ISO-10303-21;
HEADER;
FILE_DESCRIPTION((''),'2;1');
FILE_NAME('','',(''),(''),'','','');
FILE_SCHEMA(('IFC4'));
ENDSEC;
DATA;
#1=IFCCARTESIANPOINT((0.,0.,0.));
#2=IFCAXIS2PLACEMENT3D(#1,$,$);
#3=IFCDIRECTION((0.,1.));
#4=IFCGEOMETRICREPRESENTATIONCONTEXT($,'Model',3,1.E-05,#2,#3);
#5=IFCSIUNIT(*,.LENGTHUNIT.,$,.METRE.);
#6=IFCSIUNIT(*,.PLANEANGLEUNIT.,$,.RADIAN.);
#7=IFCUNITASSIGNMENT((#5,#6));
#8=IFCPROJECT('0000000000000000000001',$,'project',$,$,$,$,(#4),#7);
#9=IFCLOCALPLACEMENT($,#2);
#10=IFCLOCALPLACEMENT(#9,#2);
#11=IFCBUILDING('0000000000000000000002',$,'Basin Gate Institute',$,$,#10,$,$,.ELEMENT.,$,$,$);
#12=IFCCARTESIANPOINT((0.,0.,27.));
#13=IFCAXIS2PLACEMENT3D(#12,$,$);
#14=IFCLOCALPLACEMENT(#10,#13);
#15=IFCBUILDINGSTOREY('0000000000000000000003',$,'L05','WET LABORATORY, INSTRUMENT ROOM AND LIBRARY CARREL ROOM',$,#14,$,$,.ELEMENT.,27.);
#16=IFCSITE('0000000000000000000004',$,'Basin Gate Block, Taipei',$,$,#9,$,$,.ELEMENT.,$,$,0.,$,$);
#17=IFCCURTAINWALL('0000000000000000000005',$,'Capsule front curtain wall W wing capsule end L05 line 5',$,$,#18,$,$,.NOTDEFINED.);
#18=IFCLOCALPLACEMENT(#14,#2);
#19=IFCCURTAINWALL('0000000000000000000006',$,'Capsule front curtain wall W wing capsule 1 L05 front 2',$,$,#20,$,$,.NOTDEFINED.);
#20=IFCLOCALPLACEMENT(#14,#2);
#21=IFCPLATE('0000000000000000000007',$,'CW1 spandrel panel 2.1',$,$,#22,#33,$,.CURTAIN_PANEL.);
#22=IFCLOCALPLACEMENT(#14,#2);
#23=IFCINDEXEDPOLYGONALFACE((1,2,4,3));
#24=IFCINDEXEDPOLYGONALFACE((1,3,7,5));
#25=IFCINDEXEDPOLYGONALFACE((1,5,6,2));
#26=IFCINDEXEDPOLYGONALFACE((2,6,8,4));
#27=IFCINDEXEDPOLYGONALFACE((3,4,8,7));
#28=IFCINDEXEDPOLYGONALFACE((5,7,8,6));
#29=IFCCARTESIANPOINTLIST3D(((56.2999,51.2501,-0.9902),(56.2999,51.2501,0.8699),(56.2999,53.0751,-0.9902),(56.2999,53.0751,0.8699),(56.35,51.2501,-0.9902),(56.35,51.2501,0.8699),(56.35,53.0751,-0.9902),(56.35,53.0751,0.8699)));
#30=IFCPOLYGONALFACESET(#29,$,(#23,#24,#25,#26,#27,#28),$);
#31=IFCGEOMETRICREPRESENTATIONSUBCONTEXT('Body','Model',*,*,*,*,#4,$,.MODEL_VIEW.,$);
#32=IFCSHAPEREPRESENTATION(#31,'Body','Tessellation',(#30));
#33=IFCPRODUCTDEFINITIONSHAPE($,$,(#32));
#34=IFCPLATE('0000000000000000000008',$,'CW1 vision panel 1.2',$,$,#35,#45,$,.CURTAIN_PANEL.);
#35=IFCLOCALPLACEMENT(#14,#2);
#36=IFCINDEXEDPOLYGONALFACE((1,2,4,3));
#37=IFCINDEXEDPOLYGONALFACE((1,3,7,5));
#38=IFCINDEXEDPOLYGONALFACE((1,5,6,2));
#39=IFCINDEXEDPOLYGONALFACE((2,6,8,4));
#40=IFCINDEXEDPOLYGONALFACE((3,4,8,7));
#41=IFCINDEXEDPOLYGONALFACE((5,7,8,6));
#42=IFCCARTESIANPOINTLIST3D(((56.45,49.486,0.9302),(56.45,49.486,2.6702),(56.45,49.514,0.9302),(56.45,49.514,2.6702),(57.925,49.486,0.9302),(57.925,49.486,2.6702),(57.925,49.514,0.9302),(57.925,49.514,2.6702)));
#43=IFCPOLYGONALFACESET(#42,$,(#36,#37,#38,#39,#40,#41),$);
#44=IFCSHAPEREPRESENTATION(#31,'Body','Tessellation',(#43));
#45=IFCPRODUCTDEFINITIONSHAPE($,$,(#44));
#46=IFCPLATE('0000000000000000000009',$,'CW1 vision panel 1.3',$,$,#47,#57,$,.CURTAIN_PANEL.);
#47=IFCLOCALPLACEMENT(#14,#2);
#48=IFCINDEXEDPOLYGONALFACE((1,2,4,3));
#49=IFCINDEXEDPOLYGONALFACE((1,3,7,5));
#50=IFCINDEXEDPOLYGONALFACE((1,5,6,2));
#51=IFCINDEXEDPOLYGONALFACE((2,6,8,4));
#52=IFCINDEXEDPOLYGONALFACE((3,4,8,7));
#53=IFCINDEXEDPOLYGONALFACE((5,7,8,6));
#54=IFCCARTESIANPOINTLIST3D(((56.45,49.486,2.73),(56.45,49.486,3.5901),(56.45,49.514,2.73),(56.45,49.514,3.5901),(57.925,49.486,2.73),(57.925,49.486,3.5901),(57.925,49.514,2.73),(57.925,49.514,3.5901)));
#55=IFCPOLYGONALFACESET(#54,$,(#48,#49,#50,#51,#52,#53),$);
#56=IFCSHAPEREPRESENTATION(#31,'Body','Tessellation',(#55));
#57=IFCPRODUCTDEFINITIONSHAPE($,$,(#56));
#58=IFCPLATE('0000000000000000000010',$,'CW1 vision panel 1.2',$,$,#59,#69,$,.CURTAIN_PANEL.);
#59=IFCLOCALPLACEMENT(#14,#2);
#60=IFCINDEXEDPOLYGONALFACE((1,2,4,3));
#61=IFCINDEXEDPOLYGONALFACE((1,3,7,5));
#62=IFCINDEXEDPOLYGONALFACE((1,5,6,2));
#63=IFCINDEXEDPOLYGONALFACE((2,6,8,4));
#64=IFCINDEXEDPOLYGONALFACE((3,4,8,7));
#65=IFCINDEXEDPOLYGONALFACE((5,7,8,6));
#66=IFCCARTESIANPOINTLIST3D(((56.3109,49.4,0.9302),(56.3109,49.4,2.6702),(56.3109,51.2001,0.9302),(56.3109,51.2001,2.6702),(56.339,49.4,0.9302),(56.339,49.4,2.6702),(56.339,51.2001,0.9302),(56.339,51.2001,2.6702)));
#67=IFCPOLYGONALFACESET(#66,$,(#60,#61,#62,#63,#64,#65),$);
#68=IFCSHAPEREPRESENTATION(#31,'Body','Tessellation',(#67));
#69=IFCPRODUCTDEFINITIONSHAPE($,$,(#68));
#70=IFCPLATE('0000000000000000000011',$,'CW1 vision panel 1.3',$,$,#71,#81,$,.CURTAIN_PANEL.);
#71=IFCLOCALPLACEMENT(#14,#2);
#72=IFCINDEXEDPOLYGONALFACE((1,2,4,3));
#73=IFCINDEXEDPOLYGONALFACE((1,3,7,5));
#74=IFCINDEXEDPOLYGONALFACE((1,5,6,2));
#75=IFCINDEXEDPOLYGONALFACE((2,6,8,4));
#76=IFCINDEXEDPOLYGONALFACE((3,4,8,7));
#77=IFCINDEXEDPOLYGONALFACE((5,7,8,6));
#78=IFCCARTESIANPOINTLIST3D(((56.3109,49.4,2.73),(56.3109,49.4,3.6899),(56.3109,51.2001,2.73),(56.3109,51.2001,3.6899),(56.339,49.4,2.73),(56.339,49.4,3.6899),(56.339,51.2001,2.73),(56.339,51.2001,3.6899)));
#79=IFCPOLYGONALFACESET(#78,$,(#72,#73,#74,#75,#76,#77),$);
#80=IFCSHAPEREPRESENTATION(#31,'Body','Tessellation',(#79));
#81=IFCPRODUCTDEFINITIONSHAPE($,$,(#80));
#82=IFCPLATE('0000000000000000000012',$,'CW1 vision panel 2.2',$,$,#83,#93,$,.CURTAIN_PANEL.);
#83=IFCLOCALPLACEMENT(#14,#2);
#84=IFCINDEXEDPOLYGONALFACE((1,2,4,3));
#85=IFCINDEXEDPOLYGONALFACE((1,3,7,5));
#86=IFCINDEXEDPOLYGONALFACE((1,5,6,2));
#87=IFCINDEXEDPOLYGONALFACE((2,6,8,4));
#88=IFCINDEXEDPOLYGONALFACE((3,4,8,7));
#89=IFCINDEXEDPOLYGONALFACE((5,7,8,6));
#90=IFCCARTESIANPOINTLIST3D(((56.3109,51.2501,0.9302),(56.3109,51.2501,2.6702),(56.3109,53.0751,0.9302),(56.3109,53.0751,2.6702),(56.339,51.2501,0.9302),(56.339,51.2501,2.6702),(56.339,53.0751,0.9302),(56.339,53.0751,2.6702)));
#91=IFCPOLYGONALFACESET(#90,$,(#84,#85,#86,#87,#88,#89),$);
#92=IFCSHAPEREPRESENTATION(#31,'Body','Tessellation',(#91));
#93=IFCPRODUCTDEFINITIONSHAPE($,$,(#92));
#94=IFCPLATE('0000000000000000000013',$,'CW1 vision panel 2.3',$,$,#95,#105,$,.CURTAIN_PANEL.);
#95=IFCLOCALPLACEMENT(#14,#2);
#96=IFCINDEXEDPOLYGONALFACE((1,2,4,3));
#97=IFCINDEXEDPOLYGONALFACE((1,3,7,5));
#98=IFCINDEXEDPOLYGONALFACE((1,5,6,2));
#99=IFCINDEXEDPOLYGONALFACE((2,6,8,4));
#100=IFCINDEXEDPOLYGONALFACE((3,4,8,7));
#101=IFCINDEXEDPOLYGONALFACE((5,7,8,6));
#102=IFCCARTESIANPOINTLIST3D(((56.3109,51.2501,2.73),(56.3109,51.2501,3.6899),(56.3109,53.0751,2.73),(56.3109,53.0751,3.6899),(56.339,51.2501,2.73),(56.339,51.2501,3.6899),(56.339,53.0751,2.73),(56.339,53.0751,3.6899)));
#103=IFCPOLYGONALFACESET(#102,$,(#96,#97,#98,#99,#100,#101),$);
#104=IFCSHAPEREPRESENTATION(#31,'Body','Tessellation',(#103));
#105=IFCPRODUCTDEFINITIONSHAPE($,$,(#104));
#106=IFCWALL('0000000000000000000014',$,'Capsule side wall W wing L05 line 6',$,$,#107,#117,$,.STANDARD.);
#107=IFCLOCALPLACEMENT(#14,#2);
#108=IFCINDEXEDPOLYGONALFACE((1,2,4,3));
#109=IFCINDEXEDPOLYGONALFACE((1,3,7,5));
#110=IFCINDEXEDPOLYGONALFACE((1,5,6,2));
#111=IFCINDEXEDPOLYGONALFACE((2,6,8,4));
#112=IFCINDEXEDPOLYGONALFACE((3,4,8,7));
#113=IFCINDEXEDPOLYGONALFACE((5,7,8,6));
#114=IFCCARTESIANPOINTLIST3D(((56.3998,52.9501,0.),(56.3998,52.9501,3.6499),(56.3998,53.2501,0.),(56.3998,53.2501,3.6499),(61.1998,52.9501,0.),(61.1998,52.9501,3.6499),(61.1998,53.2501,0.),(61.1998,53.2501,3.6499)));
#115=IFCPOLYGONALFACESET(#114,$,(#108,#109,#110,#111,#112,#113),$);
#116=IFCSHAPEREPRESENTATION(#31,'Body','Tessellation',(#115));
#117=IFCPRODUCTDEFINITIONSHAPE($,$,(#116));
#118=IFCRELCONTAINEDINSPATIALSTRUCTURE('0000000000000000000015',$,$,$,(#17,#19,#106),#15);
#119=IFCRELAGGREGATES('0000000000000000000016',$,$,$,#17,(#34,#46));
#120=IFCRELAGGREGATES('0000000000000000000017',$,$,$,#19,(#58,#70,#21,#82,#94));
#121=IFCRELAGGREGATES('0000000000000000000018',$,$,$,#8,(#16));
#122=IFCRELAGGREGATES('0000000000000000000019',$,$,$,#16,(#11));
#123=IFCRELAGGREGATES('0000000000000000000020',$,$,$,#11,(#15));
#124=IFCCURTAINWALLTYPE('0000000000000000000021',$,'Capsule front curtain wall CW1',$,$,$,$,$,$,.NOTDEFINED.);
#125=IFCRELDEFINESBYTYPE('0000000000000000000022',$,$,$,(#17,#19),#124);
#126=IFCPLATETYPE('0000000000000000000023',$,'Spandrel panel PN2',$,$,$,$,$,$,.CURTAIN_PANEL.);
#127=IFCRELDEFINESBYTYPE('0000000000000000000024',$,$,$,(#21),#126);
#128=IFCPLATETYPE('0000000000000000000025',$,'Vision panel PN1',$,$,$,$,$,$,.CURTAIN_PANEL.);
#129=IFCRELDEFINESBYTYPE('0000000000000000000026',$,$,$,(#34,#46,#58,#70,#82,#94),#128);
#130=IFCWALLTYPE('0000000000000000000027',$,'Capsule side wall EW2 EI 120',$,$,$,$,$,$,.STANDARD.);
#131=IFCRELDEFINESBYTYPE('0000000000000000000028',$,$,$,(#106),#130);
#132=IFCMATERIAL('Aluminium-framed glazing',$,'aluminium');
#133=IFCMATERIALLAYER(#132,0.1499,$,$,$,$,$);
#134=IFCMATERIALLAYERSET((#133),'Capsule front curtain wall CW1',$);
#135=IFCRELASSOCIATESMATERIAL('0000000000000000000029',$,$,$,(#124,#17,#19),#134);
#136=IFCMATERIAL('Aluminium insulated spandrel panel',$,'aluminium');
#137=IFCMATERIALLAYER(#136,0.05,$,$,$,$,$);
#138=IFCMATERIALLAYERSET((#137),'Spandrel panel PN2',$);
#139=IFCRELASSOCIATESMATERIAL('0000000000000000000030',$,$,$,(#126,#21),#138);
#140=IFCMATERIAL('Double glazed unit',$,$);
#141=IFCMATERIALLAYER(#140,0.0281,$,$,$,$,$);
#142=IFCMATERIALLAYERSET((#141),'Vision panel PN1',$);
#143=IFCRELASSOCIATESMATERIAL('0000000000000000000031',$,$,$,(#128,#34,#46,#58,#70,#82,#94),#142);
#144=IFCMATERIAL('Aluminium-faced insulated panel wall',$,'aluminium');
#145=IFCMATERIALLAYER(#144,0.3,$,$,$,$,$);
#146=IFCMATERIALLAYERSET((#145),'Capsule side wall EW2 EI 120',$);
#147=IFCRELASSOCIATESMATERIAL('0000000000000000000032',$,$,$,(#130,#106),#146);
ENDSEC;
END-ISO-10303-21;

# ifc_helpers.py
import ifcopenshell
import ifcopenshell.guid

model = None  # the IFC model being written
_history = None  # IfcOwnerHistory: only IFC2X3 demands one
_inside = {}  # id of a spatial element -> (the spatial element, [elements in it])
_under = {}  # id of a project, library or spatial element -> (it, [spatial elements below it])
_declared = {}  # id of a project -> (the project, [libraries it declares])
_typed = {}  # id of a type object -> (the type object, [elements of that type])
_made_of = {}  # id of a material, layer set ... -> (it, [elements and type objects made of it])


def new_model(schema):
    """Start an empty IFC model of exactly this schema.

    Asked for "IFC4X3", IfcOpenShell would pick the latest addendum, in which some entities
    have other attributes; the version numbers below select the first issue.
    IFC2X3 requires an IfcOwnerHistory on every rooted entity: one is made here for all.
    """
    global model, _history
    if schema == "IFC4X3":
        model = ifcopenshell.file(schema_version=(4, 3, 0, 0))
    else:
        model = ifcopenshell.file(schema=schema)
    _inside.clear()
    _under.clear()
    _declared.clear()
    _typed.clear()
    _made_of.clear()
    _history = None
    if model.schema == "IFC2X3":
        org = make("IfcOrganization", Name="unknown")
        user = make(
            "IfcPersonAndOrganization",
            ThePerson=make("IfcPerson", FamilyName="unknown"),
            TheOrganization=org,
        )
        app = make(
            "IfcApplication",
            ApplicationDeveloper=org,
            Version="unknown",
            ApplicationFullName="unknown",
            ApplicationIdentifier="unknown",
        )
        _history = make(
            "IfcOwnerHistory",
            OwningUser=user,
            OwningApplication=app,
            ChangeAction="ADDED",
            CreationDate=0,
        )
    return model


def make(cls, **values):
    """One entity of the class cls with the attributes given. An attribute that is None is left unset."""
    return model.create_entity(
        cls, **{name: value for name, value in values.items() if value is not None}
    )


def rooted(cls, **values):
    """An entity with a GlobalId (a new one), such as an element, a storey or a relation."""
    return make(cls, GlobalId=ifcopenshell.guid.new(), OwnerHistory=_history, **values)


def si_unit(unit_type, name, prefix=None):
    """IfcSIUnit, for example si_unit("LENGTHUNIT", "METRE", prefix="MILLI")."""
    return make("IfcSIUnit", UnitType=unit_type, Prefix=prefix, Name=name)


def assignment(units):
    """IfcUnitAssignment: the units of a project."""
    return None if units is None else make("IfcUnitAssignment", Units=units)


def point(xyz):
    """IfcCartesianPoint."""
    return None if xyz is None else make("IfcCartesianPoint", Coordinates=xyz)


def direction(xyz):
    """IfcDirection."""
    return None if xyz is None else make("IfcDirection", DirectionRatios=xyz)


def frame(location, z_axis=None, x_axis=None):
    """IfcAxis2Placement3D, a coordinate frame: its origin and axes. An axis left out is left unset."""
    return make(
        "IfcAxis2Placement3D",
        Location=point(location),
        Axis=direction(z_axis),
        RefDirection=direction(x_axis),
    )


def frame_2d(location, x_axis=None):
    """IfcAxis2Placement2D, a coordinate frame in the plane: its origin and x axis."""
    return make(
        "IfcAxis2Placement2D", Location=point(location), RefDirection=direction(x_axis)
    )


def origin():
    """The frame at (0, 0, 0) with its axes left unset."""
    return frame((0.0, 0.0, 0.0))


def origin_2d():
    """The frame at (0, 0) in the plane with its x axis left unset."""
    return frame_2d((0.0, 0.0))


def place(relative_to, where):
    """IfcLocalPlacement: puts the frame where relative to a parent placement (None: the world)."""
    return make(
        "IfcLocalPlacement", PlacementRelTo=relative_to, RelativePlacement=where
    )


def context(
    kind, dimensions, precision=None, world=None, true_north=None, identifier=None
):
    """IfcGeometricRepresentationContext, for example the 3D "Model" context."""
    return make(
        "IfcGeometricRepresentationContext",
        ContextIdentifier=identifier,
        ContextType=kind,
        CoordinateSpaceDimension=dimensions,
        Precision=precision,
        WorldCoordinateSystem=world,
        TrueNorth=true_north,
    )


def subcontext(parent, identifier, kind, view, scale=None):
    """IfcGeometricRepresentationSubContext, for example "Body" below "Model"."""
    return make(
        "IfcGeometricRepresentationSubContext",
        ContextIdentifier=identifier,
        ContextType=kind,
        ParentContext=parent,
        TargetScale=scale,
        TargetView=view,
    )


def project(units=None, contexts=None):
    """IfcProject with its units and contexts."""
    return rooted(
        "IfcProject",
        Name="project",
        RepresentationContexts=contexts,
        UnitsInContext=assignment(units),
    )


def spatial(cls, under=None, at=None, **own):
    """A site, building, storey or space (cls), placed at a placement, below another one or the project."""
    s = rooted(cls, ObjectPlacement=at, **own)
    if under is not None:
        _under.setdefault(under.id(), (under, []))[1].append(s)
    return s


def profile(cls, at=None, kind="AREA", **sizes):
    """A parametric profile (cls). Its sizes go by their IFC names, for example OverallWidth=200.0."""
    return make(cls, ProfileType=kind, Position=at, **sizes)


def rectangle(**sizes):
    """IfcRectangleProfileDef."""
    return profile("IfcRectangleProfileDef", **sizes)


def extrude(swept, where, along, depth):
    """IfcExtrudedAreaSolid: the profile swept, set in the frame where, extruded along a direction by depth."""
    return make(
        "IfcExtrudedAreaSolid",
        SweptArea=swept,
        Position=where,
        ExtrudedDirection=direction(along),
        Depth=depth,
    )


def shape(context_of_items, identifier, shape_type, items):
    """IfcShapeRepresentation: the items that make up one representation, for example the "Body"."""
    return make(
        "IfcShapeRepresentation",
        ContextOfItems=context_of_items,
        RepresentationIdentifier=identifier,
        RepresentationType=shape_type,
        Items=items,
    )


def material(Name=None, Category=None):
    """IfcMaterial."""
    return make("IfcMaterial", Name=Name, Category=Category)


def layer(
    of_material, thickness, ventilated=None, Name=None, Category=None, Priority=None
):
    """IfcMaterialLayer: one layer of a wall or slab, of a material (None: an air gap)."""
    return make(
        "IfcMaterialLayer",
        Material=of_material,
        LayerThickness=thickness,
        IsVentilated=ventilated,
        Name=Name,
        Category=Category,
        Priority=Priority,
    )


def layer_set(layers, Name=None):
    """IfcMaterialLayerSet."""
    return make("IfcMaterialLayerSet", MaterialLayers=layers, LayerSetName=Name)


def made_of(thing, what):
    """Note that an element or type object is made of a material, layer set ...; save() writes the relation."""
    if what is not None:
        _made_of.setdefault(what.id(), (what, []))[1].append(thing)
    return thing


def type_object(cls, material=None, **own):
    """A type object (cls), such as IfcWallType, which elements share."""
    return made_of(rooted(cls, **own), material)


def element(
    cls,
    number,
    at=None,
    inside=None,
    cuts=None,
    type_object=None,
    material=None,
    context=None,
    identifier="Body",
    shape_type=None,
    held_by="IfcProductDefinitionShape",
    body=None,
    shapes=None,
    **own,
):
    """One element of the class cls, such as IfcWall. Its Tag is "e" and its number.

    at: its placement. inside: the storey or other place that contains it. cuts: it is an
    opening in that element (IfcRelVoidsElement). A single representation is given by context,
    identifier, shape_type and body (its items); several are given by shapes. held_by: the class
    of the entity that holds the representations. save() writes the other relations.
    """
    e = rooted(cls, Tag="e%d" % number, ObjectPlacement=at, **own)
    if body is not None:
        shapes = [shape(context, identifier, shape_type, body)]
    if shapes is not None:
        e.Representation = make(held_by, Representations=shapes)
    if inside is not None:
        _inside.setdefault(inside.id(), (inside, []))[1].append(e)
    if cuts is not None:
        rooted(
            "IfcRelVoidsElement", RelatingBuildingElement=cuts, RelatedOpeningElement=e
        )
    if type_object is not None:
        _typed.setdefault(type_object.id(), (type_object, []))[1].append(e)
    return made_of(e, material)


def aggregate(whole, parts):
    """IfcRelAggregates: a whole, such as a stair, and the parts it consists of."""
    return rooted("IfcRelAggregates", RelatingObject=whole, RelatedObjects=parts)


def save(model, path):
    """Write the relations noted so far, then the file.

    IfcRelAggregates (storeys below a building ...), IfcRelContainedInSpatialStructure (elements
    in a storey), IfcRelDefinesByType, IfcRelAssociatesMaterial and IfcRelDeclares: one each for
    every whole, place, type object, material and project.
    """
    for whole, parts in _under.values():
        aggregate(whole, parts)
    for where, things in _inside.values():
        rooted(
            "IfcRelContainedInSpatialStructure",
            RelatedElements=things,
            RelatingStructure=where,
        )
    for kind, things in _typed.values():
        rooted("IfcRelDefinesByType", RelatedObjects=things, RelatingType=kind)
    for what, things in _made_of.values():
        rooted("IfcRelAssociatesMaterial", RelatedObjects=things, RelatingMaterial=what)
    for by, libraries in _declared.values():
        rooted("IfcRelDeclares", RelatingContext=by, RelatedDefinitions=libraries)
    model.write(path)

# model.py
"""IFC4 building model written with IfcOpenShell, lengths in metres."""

from ifc_helpers import new_model, si_unit, direction, frame, frame_2d, origin, origin_2d, place, context, subcontext, project, spatial, rectangle, extrude, material, layer, layer_set, type_object, element, aggregate, save


model = new_model("IFC4")

# Units and contexts
model_context = context("Model", 3, precision=1e-05, world=origin(), true_north=direction((0.0, 1.0)))
body_context = subcontext(model_context, "Body", "Model", "MODEL_VIEW")
ifc_project = project(units=[si_unit("LENGTHUNIT", "METRE"), si_unit("PLANEANGLEUNIT", "RADIAN")], contexts=[model_context])

# Site, building, storey
site_placement = place(None, origin())
site = spatial("IfcSite", under=ifc_project, at=site_placement, Name="Basin Gate Block, Taipei", CompositionType="ELEMENT", RefElevation=0.0)
building_placement = place(site_placement, origin())
building = spatial("IfcBuilding", under=site, at=building_placement, Name="Basin Gate Institute", CompositionType="ELEMENT")
storey_placement = place(building_placement, frame((0.0, 0.0, 27.0)))
storey = spatial("IfcBuildingStorey", under=building, at=storey_placement, Name="L05", Description="WET LABORATORY, INSTRUMENT ROOM AND LIBRARY CARREL ROOM", CompositionType="ELEMENT", Elevation=27.0)

# Curtain wall
ifc_material_1 = material(Name="Aluminium-framed glazing", Category="aluminium")
ifc_layer_1 = layer(ifc_material_1, 0.1499)
ifc_layer_set_1 = layer_set([ifc_layer_1], Name="Capsule front curtain wall CW1")
curtain_wall_type = type_object("IfcCurtainWallType", Name="Capsule front curtain wall CW1", PredefinedType="NOTDEFINED", material=ifc_layer_set_1)
curtain_wall_1_placement = place(storey_placement, origin())
curtain_wall_1 = element("IfcCurtainWall", 1, at=curtain_wall_1_placement, inside=storey, type_object=curtain_wall_type, material=ifc_layer_set_1, Name="Capsule front curtain wall W wing capsule end L05 line 5", PredefinedType="NOTDEFINED")

# Curtain wall
curtain_wall_2_placement = place(storey_placement, origin())
curtain_wall_2 = element("IfcCurtainWall", 2, at=curtain_wall_2_placement, inside=storey, type_object=curtain_wall_type, material=ifc_layer_set_1, Name="Capsule front curtain wall W wing capsule 1 L05 front 2", PredefinedType="NOTDEFINED")

# Plates
ifc_material_2 = material(Name="Aluminium insulated spandrel panel", Category="aluminium")
ifc_layer_2 = layer(ifc_material_2, 0.05)
ifc_layer_set_2 = layer_set([ifc_layer_2], Name="Spandrel panel PN2")
plate_type_1 = type_object("IfcPlateType", Name="Spandrel panel PN2", PredefinedType="CURTAIN_PANEL", material=ifc_layer_set_2)
plate_1_placement = place(storey_placement, frame((56.325, 52.1626, -0.9902), z_axis=(0.0, 0.0, 1.0), x_axis=(0.0, 1.0, 0.0)))
plate_1 = element("IfcPlate", 3, at=plate_1_placement, type_object=plate_type_1, material=ifc_layer_set_2, Name="CW1 spandrel panel 2.1", PredefinedType="CURTAIN_PANEL", context=body_context, shape_type="SweptSolid", body=[
    extrude(rectangle(XDim=1.825, YDim=0.05, at=origin_2d()), origin(), (0.0, 0.0, 1.0), 1.8601),
])
ifc_material_3 = material(Name="Double glazed unit")
ifc_layer_3 = layer(ifc_material_3, 0.0281)
ifc_layer_set_3 = layer_set([ifc_layer_3], Name="Vision panel PN1")
plate_type_2 = type_object("IfcPlateType", Name="Vision panel PN1", PredefinedType="CURTAIN_PANEL", material=ifc_layer_set_3)
plate_2_placement = place(storey_placement, frame((57.1875, 49.5, 0.9302), z_axis=(0.0, 0.0, 1.0), x_axis=(1.0, 0.0, 0.0)))
plate_2 = element("IfcPlate", 4, at=plate_2_placement, type_object=plate_type_2, material=ifc_layer_set_3, Name="CW1 vision panel 1.2", PredefinedType="CURTAIN_PANEL", context=body_context, shape_type="SweptSolid", body=[
    extrude(rectangle(XDim=1.4751, YDim=0.0281, at=origin_2d()), origin(), (0.0, 0.0, 1.0), 1.74),
])
plate_3_placement = place(storey_placement, frame((57.1875, 49.5, 2.73), z_axis=(0.0, 0.0, 1.0), x_axis=(1.0, 0.0, 0.0)))
plate_3 = element("IfcPlate", 5, at=plate_3_placement, type_object=plate_type_2, material=ifc_layer_set_3, Name="CW1 vision panel 1.3", PredefinedType="CURTAIN_PANEL", context=body_context, shape_type="SweptSolid", body=[
    extrude(rectangle(XDim=1.4751, YDim=0.0281, at=origin_2d()), origin(), (0.0, 0.0, 1.0), 0.8601),
])
aggregate(curtain_wall_1, [plate_2, plate_3])
plate_4_placement = place(storey_placement, frame((56.325, 50.3, 0.9302), z_axis=(0.0, 0.0, 1.0), x_axis=(0.0, 1.0, 0.0)))
plate_4 = element("IfcPlate", 6, at=plate_4_placement, type_object=plate_type_2, material=ifc_layer_set_3, Name="CW1 vision panel 1.2", PredefinedType="CURTAIN_PANEL", context=body_context, shape_type="SweptSolid", body=[
    extrude(rectangle(XDim=1.8, YDim=0.0281, at=origin_2d()), origin(), (0.0, 0.0, 1.0), 1.74),
])
plate_5_placement = place(storey_placement, frame((56.325, 50.3, 2.73), z_axis=(0.0, 0.0, 1.0), x_axis=(0.0, 1.0, 0.0)))
plate_5 = element("IfcPlate", 7, at=plate_5_placement, type_object=plate_type_2, material=ifc_layer_set_3, Name="CW1 vision panel 1.3", PredefinedType="CURTAIN_PANEL", context=body_context, shape_type="SweptSolid", body=[
    extrude(rectangle(XDim=1.8, YDim=0.0281, at=origin_2d()), origin(), (0.0, 0.0, 1.0), 0.96),
])
plate_6_placement = place(storey_placement, frame((56.325, 52.1626, 0.9302), z_axis=(0.0, 0.0, 1.0), x_axis=(0.0, 1.0, 0.0)))
plate_6 = element("IfcPlate", 8, at=plate_6_placement, type_object=plate_type_2, material=ifc_layer_set_3, Name="CW1 vision panel 2.2", PredefinedType="CURTAIN_PANEL", context=body_context, shape_type="SweptSolid", body=[
    extrude(rectangle(XDim=1.825, YDim=0.0281, at=origin_2d()), origin(), (0.0, 0.0, 1.0), 1.74),
])
plate_7_placement = place(storey_placement, frame((56.325, 52.1626, 2.73), z_axis=(0.0, 0.0, 1.0), x_axis=(0.0, 1.0, 0.0)))
plate_7 = element("IfcPlate", 9, at=plate_7_placement, type_object=plate_type_2, material=ifc_layer_set_3, Name="CW1 vision panel 2.3", PredefinedType="CURTAIN_PANEL", context=body_context, shape_type="SweptSolid", body=[
    extrude(rectangle(XDim=1.825, YDim=0.0281, at=origin_2d()), origin(), (0.0, 0.0, 1.0), 0.96),
])
aggregate(curtain_wall_2, [plate_4, plate_5, plate_1, plate_6, plate_7])

# Wall
ifc_material_4 = material(Name="Aluminium-faced insulated panel wall", Category="aluminium")
ifc_layer_4 = layer(ifc_material_4, 0.3)
ifc_layer_set_4 = layer_set([ifc_layer_4], Name="Capsule side wall EW2 EI 120")
wall_type = type_object("IfcWallType", Name="Capsule side wall EW2 EI 120", PredefinedType="STANDARD", material=ifc_layer_set_4)
wall_placement = place(storey_placement, frame((56.3999, 53.1001, 0.0), z_axis=(0.0, 0.0, 1.0), x_axis=(1.0, 0.0, 0.0)))
element("IfcWall", 10, at=wall_placement, inside=storey, type_object=wall_type, material=ifc_layer_set_4, Name="Capsule side wall W wing L05 line 6", PredefinedType="STANDARD", context=body_context, shape_type="SweptSolid", body=[
    extrude(rectangle(XDim=4.8, YDim=0.3, at=frame_2d((2.3999, 0.0))), origin(), (0.0, 0.0, 1.0), 3.6499),
])

save(model, "model.ifc")
